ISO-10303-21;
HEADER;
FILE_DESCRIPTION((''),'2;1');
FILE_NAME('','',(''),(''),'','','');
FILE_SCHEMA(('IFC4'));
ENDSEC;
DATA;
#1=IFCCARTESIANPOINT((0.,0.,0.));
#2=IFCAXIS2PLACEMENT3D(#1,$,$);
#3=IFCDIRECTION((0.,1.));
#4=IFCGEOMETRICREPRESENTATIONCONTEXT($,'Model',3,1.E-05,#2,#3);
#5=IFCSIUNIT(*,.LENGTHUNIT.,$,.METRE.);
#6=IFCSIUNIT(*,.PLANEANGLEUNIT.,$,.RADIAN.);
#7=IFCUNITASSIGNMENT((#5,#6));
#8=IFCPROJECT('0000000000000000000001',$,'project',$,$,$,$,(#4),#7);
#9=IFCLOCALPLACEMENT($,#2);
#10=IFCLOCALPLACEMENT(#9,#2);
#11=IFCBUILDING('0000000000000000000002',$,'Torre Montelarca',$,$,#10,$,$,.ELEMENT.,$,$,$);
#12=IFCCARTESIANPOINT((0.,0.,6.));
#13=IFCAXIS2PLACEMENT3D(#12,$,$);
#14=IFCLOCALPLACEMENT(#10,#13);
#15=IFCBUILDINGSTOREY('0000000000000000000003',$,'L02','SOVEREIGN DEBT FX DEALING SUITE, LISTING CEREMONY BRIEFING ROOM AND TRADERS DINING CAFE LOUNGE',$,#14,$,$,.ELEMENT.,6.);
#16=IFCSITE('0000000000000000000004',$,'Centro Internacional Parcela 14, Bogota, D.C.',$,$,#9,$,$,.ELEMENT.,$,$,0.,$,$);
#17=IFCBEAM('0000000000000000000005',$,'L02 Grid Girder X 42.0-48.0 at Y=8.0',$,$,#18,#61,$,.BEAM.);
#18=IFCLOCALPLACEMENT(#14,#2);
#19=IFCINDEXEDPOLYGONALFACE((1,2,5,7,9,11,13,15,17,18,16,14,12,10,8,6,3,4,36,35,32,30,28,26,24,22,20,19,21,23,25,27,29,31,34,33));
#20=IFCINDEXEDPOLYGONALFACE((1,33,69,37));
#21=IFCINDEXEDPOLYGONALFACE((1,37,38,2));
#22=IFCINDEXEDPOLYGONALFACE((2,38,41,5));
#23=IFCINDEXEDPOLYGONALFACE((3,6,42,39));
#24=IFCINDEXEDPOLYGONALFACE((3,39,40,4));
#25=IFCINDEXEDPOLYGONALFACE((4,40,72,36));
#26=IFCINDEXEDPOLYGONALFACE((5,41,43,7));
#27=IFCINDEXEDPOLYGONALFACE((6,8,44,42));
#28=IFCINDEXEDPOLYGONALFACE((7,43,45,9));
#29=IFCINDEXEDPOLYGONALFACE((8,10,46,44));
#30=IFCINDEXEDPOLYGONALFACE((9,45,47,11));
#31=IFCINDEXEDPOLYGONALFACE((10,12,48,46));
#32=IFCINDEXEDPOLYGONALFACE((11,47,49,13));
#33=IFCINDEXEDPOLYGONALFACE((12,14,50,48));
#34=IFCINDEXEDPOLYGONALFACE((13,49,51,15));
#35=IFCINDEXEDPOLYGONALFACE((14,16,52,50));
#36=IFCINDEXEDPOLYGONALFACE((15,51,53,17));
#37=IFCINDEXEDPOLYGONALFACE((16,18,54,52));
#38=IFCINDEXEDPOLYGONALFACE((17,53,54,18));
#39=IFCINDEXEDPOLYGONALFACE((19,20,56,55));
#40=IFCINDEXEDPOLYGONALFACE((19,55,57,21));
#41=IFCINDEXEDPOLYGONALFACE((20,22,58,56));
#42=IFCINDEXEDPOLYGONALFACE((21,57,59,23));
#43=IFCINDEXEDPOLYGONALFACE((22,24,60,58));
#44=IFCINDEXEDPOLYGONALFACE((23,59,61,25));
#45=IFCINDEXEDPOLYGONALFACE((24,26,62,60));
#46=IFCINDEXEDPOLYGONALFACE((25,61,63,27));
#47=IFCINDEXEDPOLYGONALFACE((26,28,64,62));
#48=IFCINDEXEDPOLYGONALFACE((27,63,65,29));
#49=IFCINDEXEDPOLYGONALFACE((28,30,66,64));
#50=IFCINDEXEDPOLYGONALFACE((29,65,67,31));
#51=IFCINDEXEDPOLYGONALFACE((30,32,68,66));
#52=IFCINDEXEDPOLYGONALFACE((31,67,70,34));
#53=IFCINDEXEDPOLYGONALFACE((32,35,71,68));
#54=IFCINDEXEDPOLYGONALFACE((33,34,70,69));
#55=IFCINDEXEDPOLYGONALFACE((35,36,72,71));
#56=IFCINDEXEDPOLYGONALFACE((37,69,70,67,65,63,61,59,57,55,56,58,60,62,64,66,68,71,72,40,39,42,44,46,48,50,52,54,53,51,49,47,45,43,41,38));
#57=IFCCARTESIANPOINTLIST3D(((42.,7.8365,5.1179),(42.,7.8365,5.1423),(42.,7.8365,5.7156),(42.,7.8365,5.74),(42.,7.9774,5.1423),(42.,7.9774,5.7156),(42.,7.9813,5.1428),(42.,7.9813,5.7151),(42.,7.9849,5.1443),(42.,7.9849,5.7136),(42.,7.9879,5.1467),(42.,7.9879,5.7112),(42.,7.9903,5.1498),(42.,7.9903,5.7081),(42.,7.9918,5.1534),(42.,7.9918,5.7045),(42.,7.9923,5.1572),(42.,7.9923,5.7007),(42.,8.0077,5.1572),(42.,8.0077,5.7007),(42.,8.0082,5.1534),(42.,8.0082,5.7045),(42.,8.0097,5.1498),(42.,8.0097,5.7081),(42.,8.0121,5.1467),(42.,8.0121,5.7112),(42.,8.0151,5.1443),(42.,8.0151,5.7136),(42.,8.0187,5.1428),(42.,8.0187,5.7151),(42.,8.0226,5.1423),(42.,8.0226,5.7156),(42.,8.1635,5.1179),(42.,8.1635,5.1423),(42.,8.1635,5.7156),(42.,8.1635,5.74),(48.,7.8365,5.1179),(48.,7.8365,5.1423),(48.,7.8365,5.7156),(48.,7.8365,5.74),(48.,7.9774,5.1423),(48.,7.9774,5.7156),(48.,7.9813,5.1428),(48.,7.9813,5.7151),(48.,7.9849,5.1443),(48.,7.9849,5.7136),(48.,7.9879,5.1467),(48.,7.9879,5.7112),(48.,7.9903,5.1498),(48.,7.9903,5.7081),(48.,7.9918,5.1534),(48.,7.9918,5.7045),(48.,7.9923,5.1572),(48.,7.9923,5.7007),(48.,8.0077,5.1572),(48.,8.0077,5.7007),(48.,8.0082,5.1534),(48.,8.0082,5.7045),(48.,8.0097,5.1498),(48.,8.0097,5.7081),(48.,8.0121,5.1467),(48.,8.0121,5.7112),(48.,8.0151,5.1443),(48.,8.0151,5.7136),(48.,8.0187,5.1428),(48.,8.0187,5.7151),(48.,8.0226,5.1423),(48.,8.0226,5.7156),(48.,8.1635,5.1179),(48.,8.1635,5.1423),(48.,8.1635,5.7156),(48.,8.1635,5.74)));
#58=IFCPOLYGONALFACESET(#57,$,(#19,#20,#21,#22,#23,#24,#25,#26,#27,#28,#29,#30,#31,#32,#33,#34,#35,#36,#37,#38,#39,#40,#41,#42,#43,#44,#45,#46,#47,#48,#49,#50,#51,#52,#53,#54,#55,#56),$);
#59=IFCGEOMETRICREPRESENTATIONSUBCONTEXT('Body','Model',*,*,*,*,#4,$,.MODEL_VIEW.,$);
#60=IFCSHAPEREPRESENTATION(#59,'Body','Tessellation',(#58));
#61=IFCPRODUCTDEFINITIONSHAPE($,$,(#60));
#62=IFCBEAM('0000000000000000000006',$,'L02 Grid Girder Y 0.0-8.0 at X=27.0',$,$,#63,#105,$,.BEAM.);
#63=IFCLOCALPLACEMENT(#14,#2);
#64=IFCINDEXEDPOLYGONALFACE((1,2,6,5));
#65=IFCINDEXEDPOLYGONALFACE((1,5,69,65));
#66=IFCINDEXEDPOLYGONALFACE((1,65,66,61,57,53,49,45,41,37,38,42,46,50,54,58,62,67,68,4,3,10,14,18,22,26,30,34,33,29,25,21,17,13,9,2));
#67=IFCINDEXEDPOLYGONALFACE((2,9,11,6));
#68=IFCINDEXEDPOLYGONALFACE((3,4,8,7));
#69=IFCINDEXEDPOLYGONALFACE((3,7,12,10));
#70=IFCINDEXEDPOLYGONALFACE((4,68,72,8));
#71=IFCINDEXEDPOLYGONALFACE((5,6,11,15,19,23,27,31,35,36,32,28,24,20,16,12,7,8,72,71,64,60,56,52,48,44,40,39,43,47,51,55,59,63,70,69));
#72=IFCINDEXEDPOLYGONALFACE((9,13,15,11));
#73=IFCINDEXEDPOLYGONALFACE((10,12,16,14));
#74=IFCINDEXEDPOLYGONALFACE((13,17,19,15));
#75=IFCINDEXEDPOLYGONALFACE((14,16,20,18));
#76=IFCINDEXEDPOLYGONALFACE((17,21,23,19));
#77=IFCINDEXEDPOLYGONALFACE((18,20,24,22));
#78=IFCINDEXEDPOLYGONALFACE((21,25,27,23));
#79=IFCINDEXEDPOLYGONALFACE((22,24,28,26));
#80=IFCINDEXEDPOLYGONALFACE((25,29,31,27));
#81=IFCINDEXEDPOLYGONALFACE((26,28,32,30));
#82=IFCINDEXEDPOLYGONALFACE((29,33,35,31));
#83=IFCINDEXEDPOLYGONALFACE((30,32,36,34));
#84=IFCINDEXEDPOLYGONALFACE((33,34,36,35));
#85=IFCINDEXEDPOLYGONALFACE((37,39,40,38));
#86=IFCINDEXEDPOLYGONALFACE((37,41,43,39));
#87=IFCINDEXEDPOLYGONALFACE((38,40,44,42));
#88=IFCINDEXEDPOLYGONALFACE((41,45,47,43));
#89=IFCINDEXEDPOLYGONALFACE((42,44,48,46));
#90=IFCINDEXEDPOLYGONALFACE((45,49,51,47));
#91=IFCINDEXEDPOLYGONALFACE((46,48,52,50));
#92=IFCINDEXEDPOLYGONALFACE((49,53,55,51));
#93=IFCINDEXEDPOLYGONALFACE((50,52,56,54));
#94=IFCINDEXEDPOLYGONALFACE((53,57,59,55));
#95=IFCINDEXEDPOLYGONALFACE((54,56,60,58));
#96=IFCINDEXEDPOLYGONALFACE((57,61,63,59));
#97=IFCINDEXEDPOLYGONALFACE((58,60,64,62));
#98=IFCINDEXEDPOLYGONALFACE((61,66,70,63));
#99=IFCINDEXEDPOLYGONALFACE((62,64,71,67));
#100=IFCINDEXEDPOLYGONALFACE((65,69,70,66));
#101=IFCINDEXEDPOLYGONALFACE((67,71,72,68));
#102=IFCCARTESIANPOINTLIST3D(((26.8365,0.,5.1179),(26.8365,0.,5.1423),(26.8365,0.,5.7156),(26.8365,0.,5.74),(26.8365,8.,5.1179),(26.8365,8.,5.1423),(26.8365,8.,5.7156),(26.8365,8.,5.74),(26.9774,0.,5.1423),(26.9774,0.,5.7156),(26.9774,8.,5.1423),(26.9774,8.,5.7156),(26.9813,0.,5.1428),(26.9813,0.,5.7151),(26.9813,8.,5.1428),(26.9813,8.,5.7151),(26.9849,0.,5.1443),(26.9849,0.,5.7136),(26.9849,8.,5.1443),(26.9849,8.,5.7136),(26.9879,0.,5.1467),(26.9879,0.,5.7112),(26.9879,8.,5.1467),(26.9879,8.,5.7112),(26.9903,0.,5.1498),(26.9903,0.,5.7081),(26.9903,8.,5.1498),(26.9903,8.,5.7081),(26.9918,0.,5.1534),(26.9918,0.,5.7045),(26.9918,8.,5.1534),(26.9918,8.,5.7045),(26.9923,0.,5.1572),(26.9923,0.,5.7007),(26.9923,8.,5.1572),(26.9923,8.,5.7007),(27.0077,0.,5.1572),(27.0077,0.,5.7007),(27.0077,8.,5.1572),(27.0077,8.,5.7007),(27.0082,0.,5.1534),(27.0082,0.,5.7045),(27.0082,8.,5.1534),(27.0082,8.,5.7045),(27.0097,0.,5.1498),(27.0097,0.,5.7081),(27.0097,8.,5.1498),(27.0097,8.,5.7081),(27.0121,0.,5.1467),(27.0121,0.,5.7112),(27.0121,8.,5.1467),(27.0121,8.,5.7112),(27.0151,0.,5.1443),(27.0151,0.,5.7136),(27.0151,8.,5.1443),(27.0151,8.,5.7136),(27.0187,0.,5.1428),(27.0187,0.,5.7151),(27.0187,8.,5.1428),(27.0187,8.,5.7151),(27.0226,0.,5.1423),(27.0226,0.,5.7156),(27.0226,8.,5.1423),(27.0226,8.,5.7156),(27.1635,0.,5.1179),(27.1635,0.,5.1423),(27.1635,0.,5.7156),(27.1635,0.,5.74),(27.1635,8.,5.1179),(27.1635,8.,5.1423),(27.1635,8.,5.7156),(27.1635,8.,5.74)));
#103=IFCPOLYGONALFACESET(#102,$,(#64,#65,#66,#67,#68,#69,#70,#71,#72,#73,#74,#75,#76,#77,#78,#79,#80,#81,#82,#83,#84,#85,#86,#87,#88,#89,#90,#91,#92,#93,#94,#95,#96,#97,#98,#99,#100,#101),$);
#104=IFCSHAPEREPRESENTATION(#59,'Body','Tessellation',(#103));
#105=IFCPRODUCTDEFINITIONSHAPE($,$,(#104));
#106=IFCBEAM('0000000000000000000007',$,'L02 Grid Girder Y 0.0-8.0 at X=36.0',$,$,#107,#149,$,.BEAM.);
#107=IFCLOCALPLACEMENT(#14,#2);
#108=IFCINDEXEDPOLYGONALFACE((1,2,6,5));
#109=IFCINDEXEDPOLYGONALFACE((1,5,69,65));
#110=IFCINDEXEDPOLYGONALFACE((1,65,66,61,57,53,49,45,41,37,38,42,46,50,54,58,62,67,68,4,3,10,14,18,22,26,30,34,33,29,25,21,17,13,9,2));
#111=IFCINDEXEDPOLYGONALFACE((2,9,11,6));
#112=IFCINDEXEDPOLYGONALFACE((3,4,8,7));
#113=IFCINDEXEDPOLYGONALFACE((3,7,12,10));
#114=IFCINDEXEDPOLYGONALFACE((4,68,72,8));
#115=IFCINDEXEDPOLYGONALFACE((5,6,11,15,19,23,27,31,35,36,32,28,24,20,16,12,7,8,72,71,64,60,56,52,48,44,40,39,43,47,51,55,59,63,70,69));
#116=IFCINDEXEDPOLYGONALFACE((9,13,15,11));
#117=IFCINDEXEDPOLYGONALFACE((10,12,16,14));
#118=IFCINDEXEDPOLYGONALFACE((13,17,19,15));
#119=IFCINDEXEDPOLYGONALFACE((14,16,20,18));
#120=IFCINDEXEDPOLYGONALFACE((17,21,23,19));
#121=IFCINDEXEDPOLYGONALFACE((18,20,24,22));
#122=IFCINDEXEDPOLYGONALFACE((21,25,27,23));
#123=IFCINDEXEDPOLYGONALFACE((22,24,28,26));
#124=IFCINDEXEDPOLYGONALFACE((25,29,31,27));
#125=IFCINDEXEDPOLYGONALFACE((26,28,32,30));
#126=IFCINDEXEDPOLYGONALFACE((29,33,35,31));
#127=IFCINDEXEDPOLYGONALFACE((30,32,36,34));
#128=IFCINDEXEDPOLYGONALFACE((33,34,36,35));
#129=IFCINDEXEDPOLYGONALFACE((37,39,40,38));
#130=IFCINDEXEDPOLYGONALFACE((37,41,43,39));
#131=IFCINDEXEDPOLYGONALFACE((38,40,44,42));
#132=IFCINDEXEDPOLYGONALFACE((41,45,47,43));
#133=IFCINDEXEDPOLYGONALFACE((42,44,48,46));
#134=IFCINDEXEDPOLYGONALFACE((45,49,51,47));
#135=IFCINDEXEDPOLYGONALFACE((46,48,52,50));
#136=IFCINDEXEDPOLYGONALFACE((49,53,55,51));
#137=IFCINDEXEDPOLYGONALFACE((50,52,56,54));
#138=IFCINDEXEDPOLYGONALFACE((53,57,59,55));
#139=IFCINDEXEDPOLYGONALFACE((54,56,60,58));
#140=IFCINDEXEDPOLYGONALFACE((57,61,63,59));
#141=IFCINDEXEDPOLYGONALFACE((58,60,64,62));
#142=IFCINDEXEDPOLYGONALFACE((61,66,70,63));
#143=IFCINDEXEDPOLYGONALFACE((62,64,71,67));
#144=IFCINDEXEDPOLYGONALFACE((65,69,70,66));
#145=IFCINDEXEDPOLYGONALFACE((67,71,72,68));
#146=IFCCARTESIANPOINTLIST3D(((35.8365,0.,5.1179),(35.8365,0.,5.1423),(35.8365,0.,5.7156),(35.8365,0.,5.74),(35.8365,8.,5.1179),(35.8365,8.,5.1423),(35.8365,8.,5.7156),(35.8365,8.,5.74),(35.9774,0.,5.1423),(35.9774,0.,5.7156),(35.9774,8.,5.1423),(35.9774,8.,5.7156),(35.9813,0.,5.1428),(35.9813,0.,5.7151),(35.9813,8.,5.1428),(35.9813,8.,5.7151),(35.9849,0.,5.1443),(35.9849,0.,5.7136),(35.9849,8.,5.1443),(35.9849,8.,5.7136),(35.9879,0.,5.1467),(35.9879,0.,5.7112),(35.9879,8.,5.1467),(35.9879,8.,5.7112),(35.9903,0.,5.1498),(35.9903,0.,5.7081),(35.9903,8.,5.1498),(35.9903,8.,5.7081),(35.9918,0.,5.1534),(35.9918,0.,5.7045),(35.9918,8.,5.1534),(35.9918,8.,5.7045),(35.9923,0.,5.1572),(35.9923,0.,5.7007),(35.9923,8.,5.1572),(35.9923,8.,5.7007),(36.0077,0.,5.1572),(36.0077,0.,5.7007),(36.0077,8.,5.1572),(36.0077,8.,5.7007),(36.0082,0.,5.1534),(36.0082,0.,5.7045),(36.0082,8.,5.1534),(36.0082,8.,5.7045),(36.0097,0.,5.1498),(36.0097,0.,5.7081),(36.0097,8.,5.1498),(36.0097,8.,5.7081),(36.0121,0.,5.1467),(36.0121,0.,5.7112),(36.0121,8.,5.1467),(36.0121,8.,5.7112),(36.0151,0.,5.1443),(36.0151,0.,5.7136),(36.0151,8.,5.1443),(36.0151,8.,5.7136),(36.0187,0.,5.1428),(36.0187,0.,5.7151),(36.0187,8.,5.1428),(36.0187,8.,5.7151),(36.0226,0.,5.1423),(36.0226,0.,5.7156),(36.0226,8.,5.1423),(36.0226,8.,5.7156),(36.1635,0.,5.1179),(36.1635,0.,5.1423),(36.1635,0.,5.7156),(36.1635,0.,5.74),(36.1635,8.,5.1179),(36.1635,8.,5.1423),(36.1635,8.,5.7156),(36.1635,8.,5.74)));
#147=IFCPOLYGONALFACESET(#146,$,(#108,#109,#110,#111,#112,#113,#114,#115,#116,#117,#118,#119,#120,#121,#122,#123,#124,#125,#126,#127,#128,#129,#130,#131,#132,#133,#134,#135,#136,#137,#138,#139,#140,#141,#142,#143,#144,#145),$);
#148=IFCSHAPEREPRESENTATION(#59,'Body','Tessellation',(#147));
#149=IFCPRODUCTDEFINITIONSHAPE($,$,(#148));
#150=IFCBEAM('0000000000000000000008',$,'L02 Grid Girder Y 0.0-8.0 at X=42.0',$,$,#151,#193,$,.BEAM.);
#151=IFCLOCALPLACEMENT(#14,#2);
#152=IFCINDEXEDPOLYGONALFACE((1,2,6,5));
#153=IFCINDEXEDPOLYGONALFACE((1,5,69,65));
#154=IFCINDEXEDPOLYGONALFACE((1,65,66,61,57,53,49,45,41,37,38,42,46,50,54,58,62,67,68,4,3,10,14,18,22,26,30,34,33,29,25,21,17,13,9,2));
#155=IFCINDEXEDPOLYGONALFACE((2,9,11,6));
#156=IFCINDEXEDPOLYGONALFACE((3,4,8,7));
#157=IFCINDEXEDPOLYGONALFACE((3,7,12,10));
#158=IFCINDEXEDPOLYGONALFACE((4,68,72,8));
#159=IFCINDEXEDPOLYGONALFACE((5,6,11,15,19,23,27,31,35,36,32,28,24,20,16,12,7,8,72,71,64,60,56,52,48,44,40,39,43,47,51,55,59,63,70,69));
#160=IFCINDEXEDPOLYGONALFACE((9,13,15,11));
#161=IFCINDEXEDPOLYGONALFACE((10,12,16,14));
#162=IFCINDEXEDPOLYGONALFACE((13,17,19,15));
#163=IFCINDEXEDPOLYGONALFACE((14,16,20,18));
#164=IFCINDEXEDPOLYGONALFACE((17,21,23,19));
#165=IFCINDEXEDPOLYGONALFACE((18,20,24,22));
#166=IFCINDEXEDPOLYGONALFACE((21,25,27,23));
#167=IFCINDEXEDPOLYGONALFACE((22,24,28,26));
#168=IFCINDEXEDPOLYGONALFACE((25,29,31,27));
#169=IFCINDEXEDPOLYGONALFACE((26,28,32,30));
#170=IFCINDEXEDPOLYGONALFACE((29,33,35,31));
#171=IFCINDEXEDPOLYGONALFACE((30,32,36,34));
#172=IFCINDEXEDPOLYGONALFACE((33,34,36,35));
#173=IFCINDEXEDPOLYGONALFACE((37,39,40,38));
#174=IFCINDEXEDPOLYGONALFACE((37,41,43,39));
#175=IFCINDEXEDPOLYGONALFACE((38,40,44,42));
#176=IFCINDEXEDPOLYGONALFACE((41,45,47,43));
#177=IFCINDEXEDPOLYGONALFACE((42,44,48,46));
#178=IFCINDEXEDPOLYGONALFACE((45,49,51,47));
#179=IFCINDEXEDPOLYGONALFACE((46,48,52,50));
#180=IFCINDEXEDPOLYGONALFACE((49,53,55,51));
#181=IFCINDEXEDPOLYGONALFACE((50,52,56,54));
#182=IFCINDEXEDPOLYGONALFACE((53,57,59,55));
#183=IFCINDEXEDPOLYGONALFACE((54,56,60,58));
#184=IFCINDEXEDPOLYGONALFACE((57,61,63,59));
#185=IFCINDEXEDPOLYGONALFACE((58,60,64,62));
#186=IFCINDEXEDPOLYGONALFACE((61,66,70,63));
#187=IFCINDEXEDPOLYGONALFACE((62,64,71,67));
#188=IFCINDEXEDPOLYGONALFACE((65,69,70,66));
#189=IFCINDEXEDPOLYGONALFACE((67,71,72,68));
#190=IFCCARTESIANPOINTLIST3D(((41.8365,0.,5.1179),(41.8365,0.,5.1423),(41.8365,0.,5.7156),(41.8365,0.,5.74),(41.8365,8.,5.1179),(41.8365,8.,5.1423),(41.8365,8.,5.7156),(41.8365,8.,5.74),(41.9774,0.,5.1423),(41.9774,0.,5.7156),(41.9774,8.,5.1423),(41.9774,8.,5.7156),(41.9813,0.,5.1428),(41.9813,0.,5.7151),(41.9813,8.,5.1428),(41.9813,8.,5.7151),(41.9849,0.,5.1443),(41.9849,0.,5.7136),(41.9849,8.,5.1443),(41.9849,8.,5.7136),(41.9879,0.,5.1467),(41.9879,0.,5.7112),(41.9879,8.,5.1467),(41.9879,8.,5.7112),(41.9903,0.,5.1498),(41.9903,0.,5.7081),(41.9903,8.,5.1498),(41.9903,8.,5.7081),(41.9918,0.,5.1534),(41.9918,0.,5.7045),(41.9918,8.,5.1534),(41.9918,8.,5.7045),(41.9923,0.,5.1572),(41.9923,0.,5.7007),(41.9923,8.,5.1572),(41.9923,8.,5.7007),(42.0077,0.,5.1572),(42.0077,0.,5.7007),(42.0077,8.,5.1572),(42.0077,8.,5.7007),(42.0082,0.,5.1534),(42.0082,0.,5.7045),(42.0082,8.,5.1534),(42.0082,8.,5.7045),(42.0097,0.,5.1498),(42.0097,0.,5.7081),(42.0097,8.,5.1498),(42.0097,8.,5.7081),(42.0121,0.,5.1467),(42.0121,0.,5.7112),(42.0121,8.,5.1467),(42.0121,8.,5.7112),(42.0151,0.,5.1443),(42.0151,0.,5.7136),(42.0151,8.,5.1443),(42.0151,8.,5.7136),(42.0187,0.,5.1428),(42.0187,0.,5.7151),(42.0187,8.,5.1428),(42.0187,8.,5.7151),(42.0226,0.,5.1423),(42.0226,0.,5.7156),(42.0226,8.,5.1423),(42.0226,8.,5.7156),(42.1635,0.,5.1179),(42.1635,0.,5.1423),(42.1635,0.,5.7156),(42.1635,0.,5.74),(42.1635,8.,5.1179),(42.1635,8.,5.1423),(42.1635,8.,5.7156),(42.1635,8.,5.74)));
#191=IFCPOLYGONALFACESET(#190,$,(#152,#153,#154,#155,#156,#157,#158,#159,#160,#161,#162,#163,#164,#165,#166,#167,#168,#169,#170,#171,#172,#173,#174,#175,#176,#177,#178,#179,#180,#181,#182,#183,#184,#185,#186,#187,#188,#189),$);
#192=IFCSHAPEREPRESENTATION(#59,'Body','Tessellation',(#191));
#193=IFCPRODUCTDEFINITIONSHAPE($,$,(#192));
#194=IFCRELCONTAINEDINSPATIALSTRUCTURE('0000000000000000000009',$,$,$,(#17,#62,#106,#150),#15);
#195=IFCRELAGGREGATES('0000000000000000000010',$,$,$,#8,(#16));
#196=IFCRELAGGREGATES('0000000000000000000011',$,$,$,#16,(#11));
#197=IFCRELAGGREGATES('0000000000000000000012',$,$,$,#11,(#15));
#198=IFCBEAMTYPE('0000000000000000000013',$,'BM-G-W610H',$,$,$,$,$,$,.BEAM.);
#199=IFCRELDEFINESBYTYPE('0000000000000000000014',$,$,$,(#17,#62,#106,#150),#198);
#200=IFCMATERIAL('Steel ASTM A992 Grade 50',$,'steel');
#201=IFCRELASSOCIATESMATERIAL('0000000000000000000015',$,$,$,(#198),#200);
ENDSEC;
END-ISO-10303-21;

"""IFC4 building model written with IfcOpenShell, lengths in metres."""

from ifc_helpers import new_model, si_unit, direction, frame, origin, origin_2d, place, context, subcontext, project, spatial, i_section, extrude, source, transform, mapped, material, material_profile, profile_set, type_object, element, save


model = new_model("IFC4")

# Units and contexts
model_context = context("Model", 3, precision=1e-05, world=origin(), true_north=direction((0.0, 1.0)))
body_context = subcontext(model_context, "Body", "Model", "MODEL_VIEW")
ifc_project = project(units=[si_unit("LENGTHUNIT", "METRE"), si_unit("PLANEANGLEUNIT", "RADIAN")], contexts=[model_context])

# Site, building, storey
site_placement = place(None, origin())
site = spatial("IfcSite", under=ifc_project, at=site_placement, Name="Centro Internacional Parcela 14, Bogota, D.C.", CompositionType="ELEMENT", RefElevation=0.0)
building_placement = place(site_placement, origin())
building = spatial("IfcBuilding", under=site, at=building_placement, Name="Torre Montelarca", CompositionType="ELEMENT")
storey_placement = place(building_placement, frame((0.0, 0.0, 6.0)))
storey = spatial("IfcBuildingStorey", under=building, at=storey_placement, Name="L02", Description="SOVEREIGN DEBT FX DEALING SUITE, LISTING CEREMONY BRIEFING ROOM AND TRADERS DINING CAFE LOUNGE", CompositionType="ELEMENT", Elevation=6.0)

# Beams
ifc_material_1 = material(Name="Steel ASTM A992 Grade 50", Category="steel")
ifc_material_profile_1 = material_profile(ifc_material_1, i_section(OverallWidth=0.3269, OverallDepth=0.6221, WebThickness=0.0154, FlangeThickness=0.0244, FilletRadius=0.0149, at=origin_2d()), Name="W610X195", Category="steel")
ifc_profile_set_1 = profile_set([ifc_material_profile_1], Name="Steel ASTM A992 Grade 50")
beam_type_1 = type_object("IfcBeamType", Name="BM-G-W610H", PredefinedType="BEAM", material=ifc_profile_set_1)
shared_shape_1 = source(origin(), body_context, "Body", "SweptSolid", [
    extrude(i_section(OverallWidth=0.3269, OverallDepth=0.6221, WebThickness=0.0154, FlangeThickness=0.0244, FilletRadius=0.0149, at=origin_2d()), origin(), (0.0, 0.0, 1.0), 6.0),
])
for number, where, z_axis, x_axis, name in (
    (1, (42.0, 8.0, 5.429), (1.0, 0.0, 0.0), (0.0, 1.0, 0.0), "L02 Grid Girder X 42.0-48.0 at Y=8.0"),
):
    element("IfcBeam", number, at=place(storey_placement, frame(where, z_axis=z_axis, x_axis=x_axis)), inside=storey, type_object=beam_type_1, Name=name, PredefinedType="BEAM", context=body_context, shape_type="MappedRepresentation", body=[
        mapped(shared_shape_1, transform((0.0, 0.0, 0.0), scale=1.0)),
    ])
shared_shape_2 = source(origin(), body_context, "Body", "SweptSolid", [
    extrude(i_section(OverallWidth=0.3269, OverallDepth=0.6221, WebThickness=0.0154, FlangeThickness=0.0244, FilletRadius=0.0149, at=origin_2d()), origin(), (0.0, 0.0, 1.0), 8.0),
])
for number, where, z_axis, x_axis, name in (
    (2, (27.0, 0.0, 5.429), (0.0, 1.0, 0.0), (-1.0, 0.0, 0.0), "L02 Grid Girder Y 0.0-8.0 at X=27.0"),
    (3, (36.0, 0.0, 5.429), (0.0, 1.0, 0.0), (-1.0, 0.0, 0.0), "L02 Grid Girder Y 0.0-8.0 at X=36.0"),
    (4, (42.0, 0.0, 5.429), (0.0, 1.0, 0.0), (-1.0, 0.0, 0.0), "L02 Grid Girder Y 0.0-8.0 at X=42.0"),
):
    element("IfcBeam", number, at=place(storey_placement, frame(where, z_axis=z_axis, x_axis=x_axis)), inside=storey, type_object=beam_type_1, Name=name, PredefinedType="BEAM", context=body_context, shape_type="MappedRepresentation", body=[
        mapped(shared_shape_2, transform((0.0, 0.0, 0.0), scale=1.0)),
    ])

save(model, "model.ifc")
